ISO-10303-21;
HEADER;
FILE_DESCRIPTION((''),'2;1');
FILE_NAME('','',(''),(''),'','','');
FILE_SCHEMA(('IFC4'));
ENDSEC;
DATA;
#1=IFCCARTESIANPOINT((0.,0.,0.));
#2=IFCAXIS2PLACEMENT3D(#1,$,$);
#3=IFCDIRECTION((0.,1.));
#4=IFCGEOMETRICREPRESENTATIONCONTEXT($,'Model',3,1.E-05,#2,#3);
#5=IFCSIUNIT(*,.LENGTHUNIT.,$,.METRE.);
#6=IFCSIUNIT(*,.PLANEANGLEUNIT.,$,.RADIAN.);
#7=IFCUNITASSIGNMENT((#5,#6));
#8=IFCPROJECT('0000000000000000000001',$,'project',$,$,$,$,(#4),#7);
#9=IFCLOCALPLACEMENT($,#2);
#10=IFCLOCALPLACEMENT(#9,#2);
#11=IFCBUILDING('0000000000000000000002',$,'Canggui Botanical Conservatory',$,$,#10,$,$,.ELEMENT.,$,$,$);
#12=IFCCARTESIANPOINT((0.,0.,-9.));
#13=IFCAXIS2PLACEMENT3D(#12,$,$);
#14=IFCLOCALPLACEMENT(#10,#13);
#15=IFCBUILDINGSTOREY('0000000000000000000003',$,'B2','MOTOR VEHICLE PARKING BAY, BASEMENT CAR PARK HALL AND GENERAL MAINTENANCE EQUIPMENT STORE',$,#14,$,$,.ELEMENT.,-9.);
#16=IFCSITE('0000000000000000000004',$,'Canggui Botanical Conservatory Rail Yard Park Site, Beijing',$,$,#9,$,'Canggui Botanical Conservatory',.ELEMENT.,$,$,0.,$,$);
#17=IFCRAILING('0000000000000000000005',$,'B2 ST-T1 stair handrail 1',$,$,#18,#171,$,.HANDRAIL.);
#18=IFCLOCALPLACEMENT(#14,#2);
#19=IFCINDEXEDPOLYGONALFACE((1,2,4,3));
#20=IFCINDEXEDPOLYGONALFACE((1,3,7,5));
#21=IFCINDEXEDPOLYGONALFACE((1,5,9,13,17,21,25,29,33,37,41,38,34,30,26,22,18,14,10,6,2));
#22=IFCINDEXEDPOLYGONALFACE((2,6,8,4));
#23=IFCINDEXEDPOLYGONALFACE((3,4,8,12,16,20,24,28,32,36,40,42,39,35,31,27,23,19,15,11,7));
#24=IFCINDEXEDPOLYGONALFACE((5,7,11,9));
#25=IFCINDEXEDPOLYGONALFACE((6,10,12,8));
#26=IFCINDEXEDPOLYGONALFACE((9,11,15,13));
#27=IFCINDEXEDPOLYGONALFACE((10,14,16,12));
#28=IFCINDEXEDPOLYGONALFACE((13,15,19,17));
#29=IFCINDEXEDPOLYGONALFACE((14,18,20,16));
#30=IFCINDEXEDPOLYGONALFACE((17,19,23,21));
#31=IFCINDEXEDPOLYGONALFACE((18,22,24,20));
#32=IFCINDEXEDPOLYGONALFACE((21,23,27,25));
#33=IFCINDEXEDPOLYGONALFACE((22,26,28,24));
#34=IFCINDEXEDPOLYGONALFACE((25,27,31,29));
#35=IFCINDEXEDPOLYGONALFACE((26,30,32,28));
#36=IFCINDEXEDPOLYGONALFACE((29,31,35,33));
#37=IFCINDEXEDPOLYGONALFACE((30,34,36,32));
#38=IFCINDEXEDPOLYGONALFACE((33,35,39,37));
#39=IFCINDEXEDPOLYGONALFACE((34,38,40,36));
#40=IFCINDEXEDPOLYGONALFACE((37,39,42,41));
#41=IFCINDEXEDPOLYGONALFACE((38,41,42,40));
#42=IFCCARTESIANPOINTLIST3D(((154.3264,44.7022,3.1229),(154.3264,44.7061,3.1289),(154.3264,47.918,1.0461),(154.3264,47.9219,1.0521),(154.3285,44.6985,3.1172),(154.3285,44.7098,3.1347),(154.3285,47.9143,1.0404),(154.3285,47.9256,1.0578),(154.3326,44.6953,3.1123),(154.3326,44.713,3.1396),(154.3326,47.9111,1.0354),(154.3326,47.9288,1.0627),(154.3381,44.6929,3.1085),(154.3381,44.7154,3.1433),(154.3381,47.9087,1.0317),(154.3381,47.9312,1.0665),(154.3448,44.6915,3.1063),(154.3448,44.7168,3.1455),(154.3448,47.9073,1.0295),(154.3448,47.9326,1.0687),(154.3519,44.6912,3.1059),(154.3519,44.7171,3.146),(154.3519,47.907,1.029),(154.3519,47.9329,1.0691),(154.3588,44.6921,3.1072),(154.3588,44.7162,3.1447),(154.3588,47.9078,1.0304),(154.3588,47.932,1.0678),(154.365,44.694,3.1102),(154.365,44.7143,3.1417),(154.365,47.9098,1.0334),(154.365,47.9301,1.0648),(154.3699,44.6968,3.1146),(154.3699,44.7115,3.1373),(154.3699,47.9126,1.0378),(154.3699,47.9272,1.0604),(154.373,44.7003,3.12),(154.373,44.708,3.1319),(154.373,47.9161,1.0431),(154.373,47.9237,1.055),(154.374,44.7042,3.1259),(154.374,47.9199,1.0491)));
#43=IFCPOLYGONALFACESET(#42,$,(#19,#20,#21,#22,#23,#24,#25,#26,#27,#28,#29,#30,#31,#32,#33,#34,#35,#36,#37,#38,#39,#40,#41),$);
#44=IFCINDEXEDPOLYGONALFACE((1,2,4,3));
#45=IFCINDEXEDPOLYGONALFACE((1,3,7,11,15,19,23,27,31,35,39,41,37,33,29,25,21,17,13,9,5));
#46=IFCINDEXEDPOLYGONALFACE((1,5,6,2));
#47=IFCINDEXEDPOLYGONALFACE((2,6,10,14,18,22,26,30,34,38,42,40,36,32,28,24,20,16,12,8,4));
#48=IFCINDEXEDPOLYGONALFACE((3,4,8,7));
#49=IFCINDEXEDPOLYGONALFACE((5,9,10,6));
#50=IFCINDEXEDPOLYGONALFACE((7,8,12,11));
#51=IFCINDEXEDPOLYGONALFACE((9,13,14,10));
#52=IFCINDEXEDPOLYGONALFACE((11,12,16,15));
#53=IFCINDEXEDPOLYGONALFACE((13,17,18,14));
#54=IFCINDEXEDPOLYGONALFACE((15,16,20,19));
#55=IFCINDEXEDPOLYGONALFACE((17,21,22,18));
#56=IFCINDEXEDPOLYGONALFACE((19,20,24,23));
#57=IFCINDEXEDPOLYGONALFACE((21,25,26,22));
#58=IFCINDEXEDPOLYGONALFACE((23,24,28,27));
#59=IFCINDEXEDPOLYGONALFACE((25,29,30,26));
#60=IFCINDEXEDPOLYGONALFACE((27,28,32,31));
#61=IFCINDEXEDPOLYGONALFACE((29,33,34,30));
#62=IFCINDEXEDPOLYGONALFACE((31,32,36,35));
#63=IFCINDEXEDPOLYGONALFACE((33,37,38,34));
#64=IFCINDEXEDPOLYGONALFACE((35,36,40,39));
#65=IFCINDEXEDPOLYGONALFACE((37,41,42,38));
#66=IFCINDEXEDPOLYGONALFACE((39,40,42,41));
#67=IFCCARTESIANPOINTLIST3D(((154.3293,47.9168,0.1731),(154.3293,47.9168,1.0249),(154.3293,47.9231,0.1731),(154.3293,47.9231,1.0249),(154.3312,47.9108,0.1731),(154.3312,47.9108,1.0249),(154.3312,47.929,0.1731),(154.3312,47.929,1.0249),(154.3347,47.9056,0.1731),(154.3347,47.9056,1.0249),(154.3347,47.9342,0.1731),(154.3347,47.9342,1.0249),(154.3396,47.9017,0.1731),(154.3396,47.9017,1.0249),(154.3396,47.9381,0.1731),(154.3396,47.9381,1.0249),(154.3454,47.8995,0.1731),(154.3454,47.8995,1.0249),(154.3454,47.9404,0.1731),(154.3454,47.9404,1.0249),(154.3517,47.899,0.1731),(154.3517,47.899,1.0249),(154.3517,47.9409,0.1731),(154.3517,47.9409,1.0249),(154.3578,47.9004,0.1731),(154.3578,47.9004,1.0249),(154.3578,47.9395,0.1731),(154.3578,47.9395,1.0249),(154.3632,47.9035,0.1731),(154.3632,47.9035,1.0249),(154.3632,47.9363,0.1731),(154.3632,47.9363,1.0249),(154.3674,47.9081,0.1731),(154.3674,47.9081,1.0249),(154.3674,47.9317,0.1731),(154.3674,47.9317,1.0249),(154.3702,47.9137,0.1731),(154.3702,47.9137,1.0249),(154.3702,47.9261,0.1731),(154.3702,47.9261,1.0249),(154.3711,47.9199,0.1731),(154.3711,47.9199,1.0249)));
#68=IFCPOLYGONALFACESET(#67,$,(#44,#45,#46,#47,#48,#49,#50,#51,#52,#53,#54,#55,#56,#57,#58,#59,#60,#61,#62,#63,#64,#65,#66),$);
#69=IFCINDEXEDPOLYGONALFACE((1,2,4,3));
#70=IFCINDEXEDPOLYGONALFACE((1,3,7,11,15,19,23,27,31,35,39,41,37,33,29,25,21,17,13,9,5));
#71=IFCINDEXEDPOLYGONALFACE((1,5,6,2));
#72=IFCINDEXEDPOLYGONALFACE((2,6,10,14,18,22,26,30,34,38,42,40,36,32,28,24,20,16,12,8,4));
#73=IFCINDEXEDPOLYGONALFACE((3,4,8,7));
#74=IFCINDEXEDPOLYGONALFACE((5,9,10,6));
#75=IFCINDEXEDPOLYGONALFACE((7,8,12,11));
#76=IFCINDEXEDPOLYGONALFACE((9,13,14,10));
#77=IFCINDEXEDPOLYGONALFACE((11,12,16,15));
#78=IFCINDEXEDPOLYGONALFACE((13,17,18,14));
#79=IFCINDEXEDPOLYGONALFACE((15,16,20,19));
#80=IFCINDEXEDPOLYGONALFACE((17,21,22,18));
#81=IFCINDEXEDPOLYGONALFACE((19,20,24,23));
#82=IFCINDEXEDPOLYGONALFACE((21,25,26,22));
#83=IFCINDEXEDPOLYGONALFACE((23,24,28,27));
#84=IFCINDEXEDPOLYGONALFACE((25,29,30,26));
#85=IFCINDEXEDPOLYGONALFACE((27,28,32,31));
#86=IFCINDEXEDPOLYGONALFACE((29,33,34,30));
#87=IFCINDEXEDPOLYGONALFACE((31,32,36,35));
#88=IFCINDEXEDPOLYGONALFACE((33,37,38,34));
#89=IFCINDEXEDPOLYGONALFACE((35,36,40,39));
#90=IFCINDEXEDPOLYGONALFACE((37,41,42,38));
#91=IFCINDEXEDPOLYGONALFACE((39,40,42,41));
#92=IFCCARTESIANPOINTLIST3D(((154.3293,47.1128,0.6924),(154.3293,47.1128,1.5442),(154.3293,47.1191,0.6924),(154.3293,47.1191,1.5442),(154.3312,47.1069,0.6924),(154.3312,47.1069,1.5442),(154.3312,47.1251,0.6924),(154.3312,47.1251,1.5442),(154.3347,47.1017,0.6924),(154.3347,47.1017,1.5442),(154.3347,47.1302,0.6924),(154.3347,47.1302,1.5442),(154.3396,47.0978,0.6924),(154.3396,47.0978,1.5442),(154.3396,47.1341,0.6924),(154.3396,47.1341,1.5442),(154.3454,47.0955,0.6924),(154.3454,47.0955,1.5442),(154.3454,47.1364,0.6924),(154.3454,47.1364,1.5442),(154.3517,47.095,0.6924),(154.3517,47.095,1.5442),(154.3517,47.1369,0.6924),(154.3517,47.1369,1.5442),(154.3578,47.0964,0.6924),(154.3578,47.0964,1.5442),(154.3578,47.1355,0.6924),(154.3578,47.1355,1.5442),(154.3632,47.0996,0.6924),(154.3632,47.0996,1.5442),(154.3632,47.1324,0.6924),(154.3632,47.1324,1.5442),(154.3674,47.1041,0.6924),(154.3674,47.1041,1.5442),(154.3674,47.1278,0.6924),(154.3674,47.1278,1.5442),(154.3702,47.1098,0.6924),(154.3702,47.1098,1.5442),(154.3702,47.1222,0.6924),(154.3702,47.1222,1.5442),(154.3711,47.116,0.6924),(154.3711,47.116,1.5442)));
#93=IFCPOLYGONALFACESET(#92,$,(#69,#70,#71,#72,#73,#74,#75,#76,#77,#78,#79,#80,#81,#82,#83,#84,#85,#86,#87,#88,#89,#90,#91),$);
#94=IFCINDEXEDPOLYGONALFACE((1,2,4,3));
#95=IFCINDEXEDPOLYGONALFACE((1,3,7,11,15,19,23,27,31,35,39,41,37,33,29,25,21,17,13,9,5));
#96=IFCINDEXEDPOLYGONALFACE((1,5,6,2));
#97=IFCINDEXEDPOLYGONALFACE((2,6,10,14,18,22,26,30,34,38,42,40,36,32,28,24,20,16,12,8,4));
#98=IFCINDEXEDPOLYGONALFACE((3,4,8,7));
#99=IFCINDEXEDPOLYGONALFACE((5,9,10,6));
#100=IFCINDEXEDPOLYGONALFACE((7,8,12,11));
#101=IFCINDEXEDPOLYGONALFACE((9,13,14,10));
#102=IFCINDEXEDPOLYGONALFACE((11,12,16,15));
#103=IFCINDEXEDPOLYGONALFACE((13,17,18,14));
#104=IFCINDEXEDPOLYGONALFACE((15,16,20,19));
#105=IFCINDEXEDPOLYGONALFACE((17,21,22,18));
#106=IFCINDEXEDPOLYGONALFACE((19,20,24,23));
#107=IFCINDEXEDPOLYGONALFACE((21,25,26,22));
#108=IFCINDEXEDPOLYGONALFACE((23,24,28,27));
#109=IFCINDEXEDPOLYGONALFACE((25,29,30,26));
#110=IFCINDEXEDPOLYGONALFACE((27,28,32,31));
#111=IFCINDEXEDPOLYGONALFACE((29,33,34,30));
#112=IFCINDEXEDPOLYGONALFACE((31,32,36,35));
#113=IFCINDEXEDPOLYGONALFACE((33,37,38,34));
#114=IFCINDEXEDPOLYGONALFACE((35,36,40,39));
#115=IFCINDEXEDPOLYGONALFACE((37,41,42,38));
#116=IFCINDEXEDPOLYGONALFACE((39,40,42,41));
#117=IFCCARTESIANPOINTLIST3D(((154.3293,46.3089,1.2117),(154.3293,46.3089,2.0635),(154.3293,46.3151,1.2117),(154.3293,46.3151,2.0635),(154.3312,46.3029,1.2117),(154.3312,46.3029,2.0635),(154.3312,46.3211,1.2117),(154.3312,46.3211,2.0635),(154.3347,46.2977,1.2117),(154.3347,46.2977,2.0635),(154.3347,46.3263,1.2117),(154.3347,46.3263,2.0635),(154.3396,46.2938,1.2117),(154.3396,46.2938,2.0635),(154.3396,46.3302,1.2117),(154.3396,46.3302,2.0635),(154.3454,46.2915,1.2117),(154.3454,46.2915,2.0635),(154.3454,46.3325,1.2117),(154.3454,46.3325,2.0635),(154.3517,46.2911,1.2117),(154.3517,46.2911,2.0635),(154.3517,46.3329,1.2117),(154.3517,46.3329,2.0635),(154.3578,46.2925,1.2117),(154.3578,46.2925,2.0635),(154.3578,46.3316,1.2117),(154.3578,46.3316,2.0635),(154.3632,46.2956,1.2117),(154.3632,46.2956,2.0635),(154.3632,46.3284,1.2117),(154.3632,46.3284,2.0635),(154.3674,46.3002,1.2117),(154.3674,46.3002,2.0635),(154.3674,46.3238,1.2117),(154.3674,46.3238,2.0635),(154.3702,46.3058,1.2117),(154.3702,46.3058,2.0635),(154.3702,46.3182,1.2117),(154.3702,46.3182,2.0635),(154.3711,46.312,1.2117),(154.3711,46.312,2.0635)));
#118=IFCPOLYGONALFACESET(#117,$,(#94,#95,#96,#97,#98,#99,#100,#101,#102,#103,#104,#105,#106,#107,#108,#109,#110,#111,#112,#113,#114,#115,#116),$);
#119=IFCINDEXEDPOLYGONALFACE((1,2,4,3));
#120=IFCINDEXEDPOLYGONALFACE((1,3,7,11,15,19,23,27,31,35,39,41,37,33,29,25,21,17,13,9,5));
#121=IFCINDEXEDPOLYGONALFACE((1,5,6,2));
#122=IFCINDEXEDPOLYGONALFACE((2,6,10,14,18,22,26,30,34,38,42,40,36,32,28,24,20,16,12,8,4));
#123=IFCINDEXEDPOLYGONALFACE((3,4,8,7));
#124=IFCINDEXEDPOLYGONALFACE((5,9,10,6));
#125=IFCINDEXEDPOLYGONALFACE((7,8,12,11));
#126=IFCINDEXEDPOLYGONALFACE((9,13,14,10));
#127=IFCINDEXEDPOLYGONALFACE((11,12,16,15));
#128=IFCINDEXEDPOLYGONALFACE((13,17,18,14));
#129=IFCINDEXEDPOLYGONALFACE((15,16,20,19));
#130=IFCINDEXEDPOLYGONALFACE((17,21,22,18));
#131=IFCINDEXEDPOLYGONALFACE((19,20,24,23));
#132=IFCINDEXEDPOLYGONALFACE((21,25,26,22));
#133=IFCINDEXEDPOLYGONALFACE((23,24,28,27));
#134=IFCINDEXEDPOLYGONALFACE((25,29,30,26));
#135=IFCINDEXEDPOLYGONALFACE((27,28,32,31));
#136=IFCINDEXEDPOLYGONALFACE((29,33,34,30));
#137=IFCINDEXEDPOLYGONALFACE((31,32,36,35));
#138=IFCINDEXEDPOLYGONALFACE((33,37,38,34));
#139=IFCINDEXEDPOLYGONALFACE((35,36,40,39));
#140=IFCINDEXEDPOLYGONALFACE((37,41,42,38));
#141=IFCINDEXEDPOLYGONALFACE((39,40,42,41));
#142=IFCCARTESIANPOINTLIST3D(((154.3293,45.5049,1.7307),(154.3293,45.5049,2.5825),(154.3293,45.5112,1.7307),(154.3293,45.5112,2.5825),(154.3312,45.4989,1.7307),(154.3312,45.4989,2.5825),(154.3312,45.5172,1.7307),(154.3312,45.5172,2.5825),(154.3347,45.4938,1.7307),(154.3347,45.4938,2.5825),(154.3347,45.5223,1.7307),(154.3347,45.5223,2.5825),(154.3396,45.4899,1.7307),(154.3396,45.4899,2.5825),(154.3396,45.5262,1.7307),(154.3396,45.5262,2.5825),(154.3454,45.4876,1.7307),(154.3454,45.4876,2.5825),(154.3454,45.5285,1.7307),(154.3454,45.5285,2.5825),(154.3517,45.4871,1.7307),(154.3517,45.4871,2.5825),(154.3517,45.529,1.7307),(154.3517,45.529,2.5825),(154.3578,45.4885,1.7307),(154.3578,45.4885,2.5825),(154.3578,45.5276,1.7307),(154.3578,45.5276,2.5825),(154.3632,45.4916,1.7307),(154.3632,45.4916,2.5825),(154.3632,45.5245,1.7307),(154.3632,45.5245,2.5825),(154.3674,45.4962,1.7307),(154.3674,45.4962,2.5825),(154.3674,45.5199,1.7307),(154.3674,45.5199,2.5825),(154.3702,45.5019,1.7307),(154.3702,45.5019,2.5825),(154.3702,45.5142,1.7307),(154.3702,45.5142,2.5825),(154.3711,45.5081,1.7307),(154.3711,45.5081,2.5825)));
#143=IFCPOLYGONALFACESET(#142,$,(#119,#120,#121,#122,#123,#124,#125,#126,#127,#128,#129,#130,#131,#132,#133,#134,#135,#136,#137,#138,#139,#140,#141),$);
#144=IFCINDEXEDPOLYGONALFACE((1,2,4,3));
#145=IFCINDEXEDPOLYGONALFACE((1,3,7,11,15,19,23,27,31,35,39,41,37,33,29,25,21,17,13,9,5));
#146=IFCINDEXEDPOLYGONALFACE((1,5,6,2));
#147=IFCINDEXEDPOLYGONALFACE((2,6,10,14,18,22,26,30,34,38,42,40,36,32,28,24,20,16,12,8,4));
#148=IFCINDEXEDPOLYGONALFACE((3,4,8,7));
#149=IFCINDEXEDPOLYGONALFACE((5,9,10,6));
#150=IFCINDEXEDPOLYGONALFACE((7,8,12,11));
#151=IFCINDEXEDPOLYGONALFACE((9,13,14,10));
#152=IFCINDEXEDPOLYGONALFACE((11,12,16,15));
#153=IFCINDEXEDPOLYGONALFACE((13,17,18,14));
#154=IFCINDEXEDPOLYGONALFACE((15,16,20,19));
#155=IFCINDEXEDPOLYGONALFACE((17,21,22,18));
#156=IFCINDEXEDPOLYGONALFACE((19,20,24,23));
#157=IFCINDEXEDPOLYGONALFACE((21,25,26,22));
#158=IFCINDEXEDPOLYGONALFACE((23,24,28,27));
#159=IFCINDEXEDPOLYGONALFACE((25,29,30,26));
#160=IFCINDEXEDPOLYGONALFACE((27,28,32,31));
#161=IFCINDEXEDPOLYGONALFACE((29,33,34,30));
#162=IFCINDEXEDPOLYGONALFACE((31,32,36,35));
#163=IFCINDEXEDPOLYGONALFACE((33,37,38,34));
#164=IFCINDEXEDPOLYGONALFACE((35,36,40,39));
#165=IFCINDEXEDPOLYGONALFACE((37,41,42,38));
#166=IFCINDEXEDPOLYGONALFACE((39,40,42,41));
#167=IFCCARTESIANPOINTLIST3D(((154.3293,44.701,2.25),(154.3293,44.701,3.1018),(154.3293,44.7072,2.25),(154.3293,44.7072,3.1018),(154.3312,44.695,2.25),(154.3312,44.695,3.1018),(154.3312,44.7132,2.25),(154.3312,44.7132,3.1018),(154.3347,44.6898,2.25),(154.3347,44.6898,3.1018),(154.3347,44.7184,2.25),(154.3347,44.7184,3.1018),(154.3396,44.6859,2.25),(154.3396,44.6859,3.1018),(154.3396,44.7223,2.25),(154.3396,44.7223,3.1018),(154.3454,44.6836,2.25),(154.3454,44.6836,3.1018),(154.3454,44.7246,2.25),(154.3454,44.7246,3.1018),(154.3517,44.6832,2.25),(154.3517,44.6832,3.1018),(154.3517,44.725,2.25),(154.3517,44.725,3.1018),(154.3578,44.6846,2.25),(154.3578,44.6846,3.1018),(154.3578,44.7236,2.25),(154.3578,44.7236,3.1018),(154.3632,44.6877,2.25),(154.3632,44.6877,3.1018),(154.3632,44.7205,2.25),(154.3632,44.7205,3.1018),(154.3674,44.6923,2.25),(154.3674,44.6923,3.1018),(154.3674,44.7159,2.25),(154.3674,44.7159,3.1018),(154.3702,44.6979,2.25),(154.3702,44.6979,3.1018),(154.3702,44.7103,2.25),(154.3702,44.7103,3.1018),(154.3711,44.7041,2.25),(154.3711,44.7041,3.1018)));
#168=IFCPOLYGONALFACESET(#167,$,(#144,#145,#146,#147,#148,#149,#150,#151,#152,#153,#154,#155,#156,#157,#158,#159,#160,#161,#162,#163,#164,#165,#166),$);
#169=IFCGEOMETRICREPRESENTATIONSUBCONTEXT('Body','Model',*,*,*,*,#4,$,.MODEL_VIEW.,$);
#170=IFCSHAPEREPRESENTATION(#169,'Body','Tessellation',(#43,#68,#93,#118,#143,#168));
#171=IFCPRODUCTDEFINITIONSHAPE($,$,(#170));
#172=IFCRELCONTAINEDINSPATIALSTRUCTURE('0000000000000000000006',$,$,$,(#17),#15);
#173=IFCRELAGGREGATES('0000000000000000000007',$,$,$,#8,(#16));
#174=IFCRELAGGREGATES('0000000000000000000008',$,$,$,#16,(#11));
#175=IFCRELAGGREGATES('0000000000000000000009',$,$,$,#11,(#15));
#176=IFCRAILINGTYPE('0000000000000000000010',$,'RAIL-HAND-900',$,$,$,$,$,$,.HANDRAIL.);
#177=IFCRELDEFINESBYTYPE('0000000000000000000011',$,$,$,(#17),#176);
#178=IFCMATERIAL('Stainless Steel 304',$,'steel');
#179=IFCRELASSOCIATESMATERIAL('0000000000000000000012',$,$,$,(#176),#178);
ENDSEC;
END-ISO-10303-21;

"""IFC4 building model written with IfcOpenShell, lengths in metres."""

from ifc_helpers import new_model, si_unit, direction, frame, origin, origin_2d, place, context, subcontext, project, spatial, circle, extrude, material, type_object, element, save


model = new_model("IFC4")

# Units and contexts
model_context = context("Model", 3, precision=1e-05, world=origin(), true_north=direction((0.0, 1.0)))
body_context = subcontext(model_context, "Body", "Model", "MODEL_VIEW")
ifc_project = project(units=[si_unit("LENGTHUNIT", "METRE"), si_unit("PLANEANGLEUNIT", "RADIAN")], contexts=[model_context])

# Site, building, storey
site_placement = place(None, origin())
site = spatial("IfcSite", under=ifc_project, at=site_placement, Name="Canggui Botanical Conservatory Rail Yard Park Site, Beijing", LongName="Canggui Botanical Conservatory", CompositionType="ELEMENT", RefElevation=0.0)
building_placement = place(site_placement, origin())
building = spatial("IfcBuilding", under=site, at=building_placement, Name="Canggui Botanical Conservatory", CompositionType="ELEMENT")
storey_placement = place(building_placement, frame((0.0, 0.0, -9.0)))
storey = spatial("IfcBuildingStorey", under=building, at=storey_placement, Name="B2", Description="MOTOR VEHICLE PARKING BAY, BASEMENT CAR PARK HALL AND GENERAL MAINTENANCE EQUIPMENT STORE", CompositionType="ELEMENT", Elevation=-9.0)

# Railing
ifc_material_1 = material(Name="Stainless Steel 304", Category="steel")
railing_type_1 = type_object("IfcRailingType", Name="RAIL-HAND-900", PredefinedType="HANDRAIL", material=ifc_material_1)
railing_1_placement = place(storey_placement, frame((154.3501, 47.9199, 0.1731)))
element("IfcRailing", 1, at=railing_1_placement, inside=storey, type_object=railing_type_1, Name="B2 ST-T1 stair handrail 1", PredefinedType="HANDRAIL", context=body_context, shape_type="SweptSolid", body=[
    extrude(circle(Radius=0.0239, at=origin_2d()), frame((0.0, 0.0, 0.876), z_axis=(0.0, -0.840037, 0.542529), x_axis=(1.0, 0.0, 0.0)), (0.0, 0.0, 1.0), 3.8281),
    extrude(circle(Radius=0.021, at=origin_2d()), origin(), (0.0, 0.0, 1.0), 0.8518),
    extrude(circle(Radius=0.021, at=origin_2d()), frame((0.0, -0.804, 0.5193)), (0.0, 0.0, 1.0), 0.8518),
    extrude(circle(Radius=0.021, at=origin_2d()), frame((0.0, -1.6079, 1.0386)), (0.0, 0.0, 1.0), 0.8518),
    extrude(circle(Radius=0.021, at=origin_2d()), frame((0.0, -2.4119, 1.5576)), (0.0, 0.0, 1.0), 0.8518),
    extrude(circle(Radius=0.021, at=origin_2d()), frame((0.0, -3.2158, 2.0769)), (0.0, 0.0, 1.0), 0.8518),
])

save(model, "model.ifc")
